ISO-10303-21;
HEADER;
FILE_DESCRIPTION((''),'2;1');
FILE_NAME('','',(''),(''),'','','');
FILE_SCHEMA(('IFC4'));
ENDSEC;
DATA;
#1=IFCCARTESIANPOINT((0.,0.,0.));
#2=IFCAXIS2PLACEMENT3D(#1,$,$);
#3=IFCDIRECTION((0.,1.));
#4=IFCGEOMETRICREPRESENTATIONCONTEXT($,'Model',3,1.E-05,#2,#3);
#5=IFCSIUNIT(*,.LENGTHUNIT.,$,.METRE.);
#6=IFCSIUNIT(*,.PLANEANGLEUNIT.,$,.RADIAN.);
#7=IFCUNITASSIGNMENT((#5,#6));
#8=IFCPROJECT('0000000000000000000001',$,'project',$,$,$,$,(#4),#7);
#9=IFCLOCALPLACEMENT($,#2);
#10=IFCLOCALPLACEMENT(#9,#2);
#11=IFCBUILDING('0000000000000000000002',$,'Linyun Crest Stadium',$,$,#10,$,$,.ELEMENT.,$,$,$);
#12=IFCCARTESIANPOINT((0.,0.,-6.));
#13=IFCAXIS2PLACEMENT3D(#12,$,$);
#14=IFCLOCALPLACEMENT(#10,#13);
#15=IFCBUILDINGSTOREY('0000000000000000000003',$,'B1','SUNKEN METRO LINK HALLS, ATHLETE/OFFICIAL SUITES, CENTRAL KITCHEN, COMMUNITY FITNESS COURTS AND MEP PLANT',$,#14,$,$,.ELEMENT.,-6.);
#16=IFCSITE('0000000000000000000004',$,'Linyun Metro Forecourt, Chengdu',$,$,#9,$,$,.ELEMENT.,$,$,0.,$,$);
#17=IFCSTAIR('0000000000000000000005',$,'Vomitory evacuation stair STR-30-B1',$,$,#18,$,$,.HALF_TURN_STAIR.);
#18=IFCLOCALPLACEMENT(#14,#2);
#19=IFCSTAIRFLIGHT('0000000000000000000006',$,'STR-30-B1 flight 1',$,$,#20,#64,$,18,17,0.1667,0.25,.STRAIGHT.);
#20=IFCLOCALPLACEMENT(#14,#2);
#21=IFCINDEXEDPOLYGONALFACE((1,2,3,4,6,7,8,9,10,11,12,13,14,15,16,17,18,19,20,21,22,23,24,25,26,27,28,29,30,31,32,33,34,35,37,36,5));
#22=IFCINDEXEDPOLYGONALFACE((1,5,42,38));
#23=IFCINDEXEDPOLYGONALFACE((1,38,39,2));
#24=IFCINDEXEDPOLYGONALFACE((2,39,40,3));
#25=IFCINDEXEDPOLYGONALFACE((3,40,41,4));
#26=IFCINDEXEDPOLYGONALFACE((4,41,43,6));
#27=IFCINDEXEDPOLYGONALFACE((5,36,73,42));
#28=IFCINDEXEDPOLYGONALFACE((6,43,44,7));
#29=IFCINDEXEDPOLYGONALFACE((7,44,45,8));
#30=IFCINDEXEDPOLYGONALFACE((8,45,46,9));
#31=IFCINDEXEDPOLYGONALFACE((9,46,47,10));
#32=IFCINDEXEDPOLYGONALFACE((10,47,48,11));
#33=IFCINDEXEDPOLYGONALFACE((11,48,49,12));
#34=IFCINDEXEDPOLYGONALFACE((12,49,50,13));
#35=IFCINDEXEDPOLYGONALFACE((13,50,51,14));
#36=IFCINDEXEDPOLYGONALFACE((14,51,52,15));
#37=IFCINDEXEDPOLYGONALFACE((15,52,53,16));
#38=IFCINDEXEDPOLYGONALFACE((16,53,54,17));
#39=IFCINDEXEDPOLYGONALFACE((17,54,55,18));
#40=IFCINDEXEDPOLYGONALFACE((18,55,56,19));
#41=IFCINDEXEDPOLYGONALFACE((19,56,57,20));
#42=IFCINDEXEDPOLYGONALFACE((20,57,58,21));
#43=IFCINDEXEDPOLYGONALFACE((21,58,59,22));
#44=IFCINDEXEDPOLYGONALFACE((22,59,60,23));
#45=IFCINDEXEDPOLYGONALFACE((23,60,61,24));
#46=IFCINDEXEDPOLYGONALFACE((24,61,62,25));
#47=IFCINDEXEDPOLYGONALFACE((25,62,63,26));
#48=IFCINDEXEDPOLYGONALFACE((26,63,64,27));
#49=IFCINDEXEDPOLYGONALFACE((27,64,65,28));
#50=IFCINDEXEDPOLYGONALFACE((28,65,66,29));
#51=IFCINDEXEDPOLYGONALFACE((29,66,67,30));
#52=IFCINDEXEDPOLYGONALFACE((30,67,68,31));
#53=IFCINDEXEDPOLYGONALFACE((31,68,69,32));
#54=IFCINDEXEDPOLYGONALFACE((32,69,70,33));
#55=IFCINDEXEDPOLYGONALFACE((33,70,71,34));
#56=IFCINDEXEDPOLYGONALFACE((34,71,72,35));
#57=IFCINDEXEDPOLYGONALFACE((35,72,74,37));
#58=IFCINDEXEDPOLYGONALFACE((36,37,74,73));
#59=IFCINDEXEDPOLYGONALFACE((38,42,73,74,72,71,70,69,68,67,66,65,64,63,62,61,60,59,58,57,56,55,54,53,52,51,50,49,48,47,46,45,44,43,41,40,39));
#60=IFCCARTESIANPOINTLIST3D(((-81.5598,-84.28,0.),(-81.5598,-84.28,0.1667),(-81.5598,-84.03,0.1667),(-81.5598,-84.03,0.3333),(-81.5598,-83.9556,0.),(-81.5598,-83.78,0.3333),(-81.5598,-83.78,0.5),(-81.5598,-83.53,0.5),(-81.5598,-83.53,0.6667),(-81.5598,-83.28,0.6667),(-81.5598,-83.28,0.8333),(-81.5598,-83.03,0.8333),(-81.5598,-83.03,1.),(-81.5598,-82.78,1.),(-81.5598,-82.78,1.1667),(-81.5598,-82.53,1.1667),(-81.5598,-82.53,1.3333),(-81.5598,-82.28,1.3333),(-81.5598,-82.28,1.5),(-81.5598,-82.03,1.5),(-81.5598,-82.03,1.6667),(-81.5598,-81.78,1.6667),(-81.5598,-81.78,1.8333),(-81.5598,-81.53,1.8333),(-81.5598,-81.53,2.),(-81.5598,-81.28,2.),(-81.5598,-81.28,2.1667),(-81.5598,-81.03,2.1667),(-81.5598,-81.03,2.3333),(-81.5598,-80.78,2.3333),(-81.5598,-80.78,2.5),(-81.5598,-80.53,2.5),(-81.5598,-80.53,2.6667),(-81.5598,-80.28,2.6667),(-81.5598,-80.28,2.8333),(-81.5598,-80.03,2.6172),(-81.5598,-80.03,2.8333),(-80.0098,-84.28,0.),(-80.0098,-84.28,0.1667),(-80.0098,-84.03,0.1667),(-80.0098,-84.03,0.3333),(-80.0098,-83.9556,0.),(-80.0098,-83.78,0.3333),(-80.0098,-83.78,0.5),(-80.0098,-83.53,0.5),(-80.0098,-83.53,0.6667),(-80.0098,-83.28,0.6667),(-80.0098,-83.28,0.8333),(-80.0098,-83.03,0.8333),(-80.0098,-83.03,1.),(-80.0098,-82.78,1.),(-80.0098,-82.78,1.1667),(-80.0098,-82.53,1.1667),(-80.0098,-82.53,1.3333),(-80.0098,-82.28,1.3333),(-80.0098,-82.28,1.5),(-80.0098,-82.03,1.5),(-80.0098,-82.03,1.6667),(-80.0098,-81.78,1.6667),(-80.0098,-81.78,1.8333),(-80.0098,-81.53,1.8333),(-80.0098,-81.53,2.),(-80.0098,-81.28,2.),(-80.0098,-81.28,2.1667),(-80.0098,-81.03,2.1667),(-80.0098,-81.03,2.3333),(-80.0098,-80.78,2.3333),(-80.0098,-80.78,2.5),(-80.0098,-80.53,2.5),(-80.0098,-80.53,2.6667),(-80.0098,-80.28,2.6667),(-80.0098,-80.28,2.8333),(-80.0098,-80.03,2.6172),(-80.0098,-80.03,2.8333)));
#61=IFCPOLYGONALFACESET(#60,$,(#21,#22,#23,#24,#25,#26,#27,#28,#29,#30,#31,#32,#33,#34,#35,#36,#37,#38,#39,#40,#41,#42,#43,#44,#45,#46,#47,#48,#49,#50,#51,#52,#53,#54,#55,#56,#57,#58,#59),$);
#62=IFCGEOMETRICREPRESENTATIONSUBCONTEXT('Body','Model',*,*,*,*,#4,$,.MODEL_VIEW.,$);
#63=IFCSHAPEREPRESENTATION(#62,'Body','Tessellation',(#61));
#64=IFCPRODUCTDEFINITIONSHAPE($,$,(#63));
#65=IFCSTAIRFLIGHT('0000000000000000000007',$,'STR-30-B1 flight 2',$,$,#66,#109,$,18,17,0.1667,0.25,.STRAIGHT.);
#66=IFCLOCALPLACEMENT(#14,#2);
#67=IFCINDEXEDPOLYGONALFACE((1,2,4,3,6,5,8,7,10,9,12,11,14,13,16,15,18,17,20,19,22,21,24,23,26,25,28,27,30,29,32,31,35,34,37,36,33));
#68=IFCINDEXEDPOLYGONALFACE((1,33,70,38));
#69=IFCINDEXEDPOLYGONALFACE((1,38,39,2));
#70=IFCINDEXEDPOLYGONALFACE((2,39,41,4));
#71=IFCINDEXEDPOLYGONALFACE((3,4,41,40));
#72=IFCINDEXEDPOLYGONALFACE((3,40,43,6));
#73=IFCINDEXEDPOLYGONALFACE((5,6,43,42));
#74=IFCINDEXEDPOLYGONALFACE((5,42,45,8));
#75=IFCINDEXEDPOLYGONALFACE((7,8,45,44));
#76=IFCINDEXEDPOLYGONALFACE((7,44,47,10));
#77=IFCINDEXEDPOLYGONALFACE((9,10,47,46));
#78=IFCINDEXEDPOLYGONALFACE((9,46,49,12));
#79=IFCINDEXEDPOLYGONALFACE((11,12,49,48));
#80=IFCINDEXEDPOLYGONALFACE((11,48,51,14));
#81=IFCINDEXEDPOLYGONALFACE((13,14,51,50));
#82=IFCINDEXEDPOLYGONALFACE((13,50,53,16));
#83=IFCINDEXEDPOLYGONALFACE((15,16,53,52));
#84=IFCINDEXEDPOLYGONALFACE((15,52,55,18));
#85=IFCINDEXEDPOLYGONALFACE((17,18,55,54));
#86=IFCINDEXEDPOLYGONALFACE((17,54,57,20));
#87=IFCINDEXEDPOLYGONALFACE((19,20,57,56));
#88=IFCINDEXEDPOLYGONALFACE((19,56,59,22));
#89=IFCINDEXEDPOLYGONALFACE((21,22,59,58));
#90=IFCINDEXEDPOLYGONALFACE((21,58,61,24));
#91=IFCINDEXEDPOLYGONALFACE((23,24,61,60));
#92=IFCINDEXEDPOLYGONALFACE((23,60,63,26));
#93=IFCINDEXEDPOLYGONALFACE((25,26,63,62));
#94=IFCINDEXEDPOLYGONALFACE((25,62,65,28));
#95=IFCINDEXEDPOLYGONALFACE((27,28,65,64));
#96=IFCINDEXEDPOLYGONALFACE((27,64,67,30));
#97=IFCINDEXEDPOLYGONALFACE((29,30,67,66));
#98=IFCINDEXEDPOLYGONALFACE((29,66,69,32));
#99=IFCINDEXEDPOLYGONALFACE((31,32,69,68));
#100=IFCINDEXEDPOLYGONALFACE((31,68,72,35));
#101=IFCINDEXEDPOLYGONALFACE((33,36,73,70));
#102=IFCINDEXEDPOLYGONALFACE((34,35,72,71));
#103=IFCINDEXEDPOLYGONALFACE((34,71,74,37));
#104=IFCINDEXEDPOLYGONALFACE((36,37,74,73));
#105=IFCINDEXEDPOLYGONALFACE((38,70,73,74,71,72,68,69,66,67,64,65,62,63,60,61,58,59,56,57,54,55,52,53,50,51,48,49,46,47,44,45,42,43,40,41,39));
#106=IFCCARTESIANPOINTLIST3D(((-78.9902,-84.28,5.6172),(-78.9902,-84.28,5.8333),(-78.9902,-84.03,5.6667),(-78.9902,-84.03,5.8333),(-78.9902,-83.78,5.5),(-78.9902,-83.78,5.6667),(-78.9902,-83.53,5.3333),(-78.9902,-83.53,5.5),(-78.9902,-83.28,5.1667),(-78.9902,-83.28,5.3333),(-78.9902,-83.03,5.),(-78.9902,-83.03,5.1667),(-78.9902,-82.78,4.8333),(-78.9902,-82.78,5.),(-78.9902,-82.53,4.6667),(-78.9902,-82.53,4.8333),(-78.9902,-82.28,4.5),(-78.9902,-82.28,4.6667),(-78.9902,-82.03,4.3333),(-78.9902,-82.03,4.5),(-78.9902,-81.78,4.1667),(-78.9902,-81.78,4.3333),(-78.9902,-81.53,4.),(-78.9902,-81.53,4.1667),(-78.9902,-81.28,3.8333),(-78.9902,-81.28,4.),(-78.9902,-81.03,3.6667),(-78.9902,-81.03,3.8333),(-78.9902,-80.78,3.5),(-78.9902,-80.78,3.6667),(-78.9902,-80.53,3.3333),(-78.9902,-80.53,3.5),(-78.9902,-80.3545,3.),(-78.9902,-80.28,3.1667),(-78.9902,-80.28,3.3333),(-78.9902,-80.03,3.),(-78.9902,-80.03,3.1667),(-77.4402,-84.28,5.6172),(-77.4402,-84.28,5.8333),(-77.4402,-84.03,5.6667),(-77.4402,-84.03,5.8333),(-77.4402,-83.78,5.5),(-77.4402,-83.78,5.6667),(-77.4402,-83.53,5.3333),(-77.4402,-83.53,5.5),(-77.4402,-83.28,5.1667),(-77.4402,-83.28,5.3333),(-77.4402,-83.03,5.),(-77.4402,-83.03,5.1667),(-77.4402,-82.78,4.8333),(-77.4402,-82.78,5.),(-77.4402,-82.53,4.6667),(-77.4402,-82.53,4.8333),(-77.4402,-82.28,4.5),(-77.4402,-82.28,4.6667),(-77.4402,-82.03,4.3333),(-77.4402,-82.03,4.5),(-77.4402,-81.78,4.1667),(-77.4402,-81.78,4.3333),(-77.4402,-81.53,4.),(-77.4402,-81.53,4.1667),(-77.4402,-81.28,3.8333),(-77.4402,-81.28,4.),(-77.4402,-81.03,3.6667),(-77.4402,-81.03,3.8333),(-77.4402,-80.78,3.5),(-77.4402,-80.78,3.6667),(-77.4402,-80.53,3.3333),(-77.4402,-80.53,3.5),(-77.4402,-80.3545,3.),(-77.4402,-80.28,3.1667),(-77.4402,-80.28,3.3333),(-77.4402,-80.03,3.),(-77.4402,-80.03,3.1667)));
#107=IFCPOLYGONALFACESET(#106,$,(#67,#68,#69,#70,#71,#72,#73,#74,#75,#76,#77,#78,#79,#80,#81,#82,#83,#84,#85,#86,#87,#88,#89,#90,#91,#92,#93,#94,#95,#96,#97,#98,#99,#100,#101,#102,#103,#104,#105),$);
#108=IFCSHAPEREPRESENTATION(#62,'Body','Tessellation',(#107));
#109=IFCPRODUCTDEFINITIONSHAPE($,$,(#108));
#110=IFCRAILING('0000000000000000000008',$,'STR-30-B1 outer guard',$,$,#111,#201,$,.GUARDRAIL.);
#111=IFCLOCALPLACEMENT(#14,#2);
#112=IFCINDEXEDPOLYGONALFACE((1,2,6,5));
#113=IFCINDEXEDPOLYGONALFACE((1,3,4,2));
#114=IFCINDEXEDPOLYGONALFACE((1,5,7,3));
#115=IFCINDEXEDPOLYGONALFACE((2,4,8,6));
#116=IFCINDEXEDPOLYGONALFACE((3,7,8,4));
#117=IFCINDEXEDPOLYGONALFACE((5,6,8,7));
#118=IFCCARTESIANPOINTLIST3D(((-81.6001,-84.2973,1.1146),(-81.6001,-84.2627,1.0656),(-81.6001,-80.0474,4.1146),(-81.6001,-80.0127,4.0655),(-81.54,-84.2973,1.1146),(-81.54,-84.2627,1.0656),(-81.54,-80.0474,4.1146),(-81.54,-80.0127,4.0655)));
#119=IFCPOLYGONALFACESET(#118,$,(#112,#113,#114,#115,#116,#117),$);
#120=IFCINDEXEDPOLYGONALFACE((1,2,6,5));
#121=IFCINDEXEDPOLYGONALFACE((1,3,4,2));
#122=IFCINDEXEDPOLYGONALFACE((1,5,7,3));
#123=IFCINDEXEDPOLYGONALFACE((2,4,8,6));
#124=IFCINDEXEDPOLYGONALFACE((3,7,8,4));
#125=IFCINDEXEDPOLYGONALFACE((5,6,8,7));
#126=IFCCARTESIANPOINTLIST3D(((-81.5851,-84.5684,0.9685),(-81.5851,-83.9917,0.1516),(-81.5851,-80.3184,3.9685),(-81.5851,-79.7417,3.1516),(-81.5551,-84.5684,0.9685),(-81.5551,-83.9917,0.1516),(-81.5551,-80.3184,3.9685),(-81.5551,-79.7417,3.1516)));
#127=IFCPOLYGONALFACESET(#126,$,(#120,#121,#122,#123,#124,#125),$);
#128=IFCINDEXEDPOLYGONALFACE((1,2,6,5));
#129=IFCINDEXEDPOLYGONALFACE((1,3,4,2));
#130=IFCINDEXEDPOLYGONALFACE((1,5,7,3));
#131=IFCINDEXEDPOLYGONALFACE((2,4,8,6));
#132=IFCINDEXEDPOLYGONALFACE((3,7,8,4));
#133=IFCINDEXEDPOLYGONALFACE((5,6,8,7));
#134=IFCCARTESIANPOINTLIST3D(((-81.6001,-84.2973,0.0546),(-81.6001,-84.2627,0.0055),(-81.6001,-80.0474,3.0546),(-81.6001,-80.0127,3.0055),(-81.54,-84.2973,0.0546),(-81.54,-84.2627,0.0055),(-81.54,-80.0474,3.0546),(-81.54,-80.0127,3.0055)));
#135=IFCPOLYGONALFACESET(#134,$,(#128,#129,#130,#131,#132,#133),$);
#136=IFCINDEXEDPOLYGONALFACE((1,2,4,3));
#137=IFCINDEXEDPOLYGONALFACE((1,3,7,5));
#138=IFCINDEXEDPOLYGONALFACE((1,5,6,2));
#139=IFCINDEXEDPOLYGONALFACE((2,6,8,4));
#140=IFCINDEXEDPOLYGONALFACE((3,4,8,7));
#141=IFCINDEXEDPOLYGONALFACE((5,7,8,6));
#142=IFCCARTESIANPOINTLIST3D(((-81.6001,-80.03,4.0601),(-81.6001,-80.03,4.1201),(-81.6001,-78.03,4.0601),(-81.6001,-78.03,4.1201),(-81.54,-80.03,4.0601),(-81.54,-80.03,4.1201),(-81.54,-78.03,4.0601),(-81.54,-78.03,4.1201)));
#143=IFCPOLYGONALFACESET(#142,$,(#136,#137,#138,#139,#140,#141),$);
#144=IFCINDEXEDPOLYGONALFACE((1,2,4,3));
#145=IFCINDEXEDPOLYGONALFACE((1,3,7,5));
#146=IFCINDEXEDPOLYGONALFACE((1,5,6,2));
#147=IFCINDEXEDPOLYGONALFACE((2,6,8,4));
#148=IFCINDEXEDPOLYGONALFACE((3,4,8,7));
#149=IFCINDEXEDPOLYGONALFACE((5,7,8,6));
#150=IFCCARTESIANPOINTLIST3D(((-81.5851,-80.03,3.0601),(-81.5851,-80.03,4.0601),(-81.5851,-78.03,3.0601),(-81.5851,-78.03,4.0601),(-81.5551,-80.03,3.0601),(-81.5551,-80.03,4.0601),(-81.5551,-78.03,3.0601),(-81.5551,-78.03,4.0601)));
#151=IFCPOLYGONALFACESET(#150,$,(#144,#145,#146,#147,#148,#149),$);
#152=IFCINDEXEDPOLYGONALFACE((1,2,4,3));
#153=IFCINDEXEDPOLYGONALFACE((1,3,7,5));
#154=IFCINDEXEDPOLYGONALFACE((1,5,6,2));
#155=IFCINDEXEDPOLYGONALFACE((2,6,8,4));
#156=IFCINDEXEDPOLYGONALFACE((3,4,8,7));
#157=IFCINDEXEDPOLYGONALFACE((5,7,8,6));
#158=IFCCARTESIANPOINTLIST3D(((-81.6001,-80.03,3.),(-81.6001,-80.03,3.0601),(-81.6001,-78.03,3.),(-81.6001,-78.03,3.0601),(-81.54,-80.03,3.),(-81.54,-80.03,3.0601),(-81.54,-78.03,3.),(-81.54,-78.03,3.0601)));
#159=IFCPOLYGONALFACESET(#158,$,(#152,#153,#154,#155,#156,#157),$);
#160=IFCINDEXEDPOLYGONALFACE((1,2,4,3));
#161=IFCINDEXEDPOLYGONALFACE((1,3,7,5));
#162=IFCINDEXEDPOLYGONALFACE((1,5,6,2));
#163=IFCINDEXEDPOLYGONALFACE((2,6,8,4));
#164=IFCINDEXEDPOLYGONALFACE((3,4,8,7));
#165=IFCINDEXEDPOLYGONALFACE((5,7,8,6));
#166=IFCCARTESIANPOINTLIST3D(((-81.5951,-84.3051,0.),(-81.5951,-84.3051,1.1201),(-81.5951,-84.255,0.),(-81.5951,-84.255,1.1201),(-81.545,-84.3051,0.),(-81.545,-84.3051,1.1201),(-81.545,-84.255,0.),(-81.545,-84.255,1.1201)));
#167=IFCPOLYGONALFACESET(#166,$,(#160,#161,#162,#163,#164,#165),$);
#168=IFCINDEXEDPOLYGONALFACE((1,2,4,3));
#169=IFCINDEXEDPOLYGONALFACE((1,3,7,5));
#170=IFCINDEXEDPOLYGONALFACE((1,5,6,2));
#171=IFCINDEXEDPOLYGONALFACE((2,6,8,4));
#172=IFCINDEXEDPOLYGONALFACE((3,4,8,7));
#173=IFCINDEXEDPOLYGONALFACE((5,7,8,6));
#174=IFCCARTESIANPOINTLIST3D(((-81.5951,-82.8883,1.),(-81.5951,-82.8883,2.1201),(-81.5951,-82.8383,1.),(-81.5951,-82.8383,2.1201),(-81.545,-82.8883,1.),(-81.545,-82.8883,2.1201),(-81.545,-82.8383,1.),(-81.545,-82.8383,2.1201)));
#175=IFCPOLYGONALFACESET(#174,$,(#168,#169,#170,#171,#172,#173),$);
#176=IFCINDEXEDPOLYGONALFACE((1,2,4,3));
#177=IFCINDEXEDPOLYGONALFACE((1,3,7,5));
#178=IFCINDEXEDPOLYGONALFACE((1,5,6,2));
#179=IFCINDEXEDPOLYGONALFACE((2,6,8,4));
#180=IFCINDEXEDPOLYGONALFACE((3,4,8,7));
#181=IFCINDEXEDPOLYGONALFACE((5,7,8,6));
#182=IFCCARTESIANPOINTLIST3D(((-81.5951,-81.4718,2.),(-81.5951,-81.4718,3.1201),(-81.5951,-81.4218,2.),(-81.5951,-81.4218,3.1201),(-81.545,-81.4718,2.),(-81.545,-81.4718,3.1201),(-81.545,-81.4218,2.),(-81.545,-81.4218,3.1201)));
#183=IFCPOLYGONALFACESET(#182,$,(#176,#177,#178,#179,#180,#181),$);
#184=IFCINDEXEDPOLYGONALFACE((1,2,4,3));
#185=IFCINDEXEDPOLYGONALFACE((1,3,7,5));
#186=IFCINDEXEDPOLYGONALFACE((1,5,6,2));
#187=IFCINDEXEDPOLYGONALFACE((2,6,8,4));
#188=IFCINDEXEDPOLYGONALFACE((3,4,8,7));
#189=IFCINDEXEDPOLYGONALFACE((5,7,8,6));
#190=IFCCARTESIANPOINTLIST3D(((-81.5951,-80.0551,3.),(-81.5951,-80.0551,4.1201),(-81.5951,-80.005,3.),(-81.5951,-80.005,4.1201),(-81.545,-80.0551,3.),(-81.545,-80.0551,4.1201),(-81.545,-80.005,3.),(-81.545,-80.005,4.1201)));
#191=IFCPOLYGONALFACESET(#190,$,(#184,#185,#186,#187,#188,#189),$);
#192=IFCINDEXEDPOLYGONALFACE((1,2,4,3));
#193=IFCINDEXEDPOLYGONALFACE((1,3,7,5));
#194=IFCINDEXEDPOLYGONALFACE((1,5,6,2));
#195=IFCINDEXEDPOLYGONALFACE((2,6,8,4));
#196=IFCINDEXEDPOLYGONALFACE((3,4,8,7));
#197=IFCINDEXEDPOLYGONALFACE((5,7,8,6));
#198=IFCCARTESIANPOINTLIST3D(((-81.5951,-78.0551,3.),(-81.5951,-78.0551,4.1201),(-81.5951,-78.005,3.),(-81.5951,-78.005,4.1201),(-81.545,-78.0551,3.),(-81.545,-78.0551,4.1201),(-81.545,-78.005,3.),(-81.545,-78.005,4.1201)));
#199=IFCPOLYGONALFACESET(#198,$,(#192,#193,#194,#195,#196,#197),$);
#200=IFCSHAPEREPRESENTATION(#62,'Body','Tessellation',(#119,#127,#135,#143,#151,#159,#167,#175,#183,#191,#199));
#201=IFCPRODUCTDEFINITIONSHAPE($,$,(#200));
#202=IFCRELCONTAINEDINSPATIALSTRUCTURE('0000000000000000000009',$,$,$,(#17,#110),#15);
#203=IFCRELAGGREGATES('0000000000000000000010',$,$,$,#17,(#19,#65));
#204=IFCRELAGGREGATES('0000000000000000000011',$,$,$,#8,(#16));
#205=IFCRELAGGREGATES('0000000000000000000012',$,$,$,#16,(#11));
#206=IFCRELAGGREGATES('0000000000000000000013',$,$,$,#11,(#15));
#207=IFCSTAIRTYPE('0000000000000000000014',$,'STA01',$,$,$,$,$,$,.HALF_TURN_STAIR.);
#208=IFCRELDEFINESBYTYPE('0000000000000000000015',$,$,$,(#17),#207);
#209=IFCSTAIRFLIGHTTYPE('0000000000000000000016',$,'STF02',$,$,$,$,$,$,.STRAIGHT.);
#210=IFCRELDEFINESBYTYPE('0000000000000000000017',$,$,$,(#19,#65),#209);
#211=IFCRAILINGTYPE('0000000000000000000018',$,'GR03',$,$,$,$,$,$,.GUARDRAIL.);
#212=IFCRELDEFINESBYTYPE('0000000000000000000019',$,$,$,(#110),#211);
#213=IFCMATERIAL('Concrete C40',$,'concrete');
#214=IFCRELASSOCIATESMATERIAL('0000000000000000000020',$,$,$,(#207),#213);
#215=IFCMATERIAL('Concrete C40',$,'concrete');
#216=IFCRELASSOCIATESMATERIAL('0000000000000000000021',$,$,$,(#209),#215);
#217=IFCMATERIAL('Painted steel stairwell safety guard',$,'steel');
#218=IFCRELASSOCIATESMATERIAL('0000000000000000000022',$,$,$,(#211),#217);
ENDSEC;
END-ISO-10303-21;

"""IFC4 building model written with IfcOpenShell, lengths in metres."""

from ifc_helpers import new_model, si_unit, direction, frame, origin, origin_2d, place, context, subcontext, project, spatial, polyline, rectangle, outline, extrude, material, type_object, element, aggregate, save


model = new_model("IFC4")

# Units and contexts
model_context = context("Model", 3, precision=1e-05, world=origin(), true_north=direction((0.0, 1.0)))
body_context = subcontext(model_context, "Body", "Model", "MODEL_VIEW")
ifc_project = project(units=[si_unit("LENGTHUNIT", "METRE"), si_unit("PLANEANGLEUNIT", "RADIAN")], contexts=[model_context])

# Site, building, storey
site_placement = place(None, origin())
site = spatial("IfcSite", under=ifc_project, at=site_placement, Name="Linyun Metro Forecourt, Chengdu", CompositionType="ELEMENT", RefElevation=0.0)
building_placement = place(site_placement, origin())
building = spatial("IfcBuilding", under=site, at=building_placement, Name="Linyun Crest Stadium", CompositionType="ELEMENT")
storey_placement = place(building_placement, frame((0.0, 0.0, -6.0)))
storey = spatial("IfcBuildingStorey", under=building, at=storey_placement, Name="B1", Description="SUNKEN METRO LINK HALLS, ATHLETE/OFFICIAL SUITES, CENTRAL KITCHEN, COMMUNITY FITNESS COURTS AND MEP PLANT", CompositionType="ELEMENT", Elevation=-6.0)

# Stair, stair flights
ifc_material_1 = material(Name="Concrete C40", Category="concrete")
stair_type = type_object("IfcStairType", Name="STA01", PredefinedType="HALF_TURN_STAIR", material=ifc_material_1)
stair_placement = place(storey_placement, origin())
stair = element("IfcStair", 1, at=stair_placement, inside=storey, type_object=stair_type, Name="Vomitory evacuation stair STR-30-B1", PredefinedType="HALF_TURN_STAIR")
ifc_material_2 = material(Name="Concrete C40", Category="concrete")
stair_flight_type = type_object("IfcStairFlightType", Name="STF02", PredefinedType="STRAIGHT", material=ifc_material_2)
stair_flight_1_placement = place(storey_placement, frame((-80.7849, -84.28, 0.0), z_axis=(0.0, 0.0, 1.0), x_axis=(0.0, 1.0, 0.0)))
stair_flight_1 = element("IfcStairFlight", 2, at=stair_flight_1_placement, type_object=stair_flight_type, Name="STR-30-B1 flight 1", NumberOfRisers=18, NumberOfTreads=17, PredefinedType="STRAIGHT", RiserHeight=0.1667, TreadLength=0.25, context=body_context, shape_type="SweptSolid", body=[
    extrude(outline(polyline([(0.0, 0.0), (0.0, 0.1667), (0.25, 0.1667), (0.25, 0.3333), (0.5, 0.3333), (0.5, 0.5), (0.75, 0.5), (0.75, 0.6667), (1.0, 0.6667), (1.0, 0.8333), (1.25, 0.8333), (1.25, 1.0), (1.5, 1.0), (1.5, 1.1667), (1.75, 1.1667), (1.75, 1.3333), (2.0, 1.3333), (2.0, 1.5), (2.25, 1.5), (2.25, 1.6667), (2.5, 1.6667), (2.5, 1.8333), (2.75, 1.8333), (2.75, 2.0), (3.0, 2.0), (3.0, 2.1667), (3.25, 2.1667), (3.25, 2.3333), (3.5, 2.3333), (3.5, 2.5), (3.75, 2.5), (3.75, 2.6667), (4.0, 2.6667), (4.0, 2.8333), (4.25, 2.8333), (4.25, 3.0), (4.25, 2.6172), (0.3245, 0.0), (0.0, 0.0)])), frame((0.0, 0.7749, 0.0), z_axis=(0.0, -1.0, 0.0), x_axis=(1.0, 0.0, 0.0)), (0.0, 0.0, 1.0), 1.55),
])
stair_flight_2_placement = place(storey_placement, frame((-78.2151, -80.03, 3.0), z_axis=(0.0, 0.0, 1.0), x_axis=(0.0, -1.0, 0.0)))
stair_flight_2 = element("IfcStairFlight", 3, at=stair_flight_2_placement, type_object=stair_flight_type, Name="STR-30-B1 flight 2", NumberOfRisers=18, NumberOfTreads=17, PredefinedType="STRAIGHT", RiserHeight=0.1667, TreadLength=0.25, context=body_context, shape_type="SweptSolid", body=[
    extrude(outline(polyline([(0.0, 0.0), (0.0, 0.1667), (0.25, 0.1667), (0.25, 0.3333), (0.5, 0.3333), (0.5, 0.5), (0.75, 0.5), (0.75, 0.6667), (1.0, 0.6667), (1.0, 0.8333), (1.25, 0.8333), (1.25, 1.0), (1.5, 1.0), (1.5, 1.1667), (1.75, 1.1667), (1.75, 1.3333), (2.0, 1.3333), (2.0, 1.5), (2.25, 1.5), (2.25, 1.6667), (2.5, 1.6667), (2.5, 1.8333), (2.75, 1.8333), (2.75, 2.0), (3.0, 2.0), (3.0, 2.1667), (3.25, 2.1667), (3.25, 2.3333), (3.5, 2.3333), (3.5, 2.5), (3.75, 2.5), (3.75, 2.6667), (4.0, 2.6667), (4.0, 2.8333), (4.25, 2.8333), (4.25, 3.0), (4.25, 2.6172), (0.3245, 0.0), (0.0, 0.0)])), frame((0.0, 0.7749, 0.0), z_axis=(0.0, -1.0, 0.0), x_axis=(1.0, 0.0, 0.0)), (0.0, 0.0, 1.0), 1.55),
])
aggregate(stair, [stair_flight_1, stair_flight_2])

# Railing
ifc_material_3 = material(Name="Painted steel stairwell safety guard", Category="steel")
railing_type_1 = type_object("IfcRailingType", Name="GR03", PredefinedType="GUARDRAIL", material=ifc_material_3)
railing_1_placement = place(storey_placement, frame((-81.5701, -84.28, 0.0)))
element("IfcRailing", 4, at=railing_1_placement, inside=storey, type_object=railing_type_1, Name="STR-30-B1 outer guard", PredefinedType="GUARDRAIL", context=body_context, shape_type="SweptSolid", body=[
    extrude(rectangle(XDim=0.0601, YDim=0.0601, at=origin_2d()), frame((0.0, 0.0, 1.0901), z_axis=(0.0, 0.816968, 0.576683), x_axis=(-1.0, 0.0, 0.0)), (0.0, 0.0, 1.0), 5.2021),
    extrude(rectangle(XDim=0.03, YDim=1.0, at=origin_2d()), frame((0.0, 0.0, 0.5601), z_axis=(0.0, 0.816968, 0.576683), x_axis=(-1.0, 0.0, 0.0)), (0.0, 0.0, 1.0), 5.2021),
    extrude(rectangle(XDim=0.0601, YDim=0.0601, at=origin_2d()), frame((0.0, 0.0, 0.03), z_axis=(0.0, 0.816968, 0.576683), x_axis=(-1.0, 0.0, 0.0)), (0.0, 0.0, 1.0), 5.2021),
    extrude(rectangle(XDim=0.0601, YDim=0.0601, at=origin_2d()), frame((0.0, 4.25, 4.0901), z_axis=(0.0, 1.0, 0.0), x_axis=(-1.0, 0.0, 0.0)), (0.0, 0.0, 1.0), 2.0),
    extrude(rectangle(XDim=0.03, YDim=1.0, at=origin_2d()), frame((0.0, 4.25, 3.5601), z_axis=(0.0, 1.0, 0.0), x_axis=(-1.0, 0.0, 0.0)), (0.0, 0.0, 1.0), 2.0),
    extrude(rectangle(XDim=0.0601, YDim=0.0601, at=origin_2d()), frame((0.0, 4.25, 3.03), z_axis=(0.0, 1.0, 0.0), x_axis=(-1.0, 0.0, 0.0)), (0.0, 0.0, 1.0), 2.0),
    extrude(rectangle(XDim=0.05, YDim=0.05, at=origin_2d()), origin(), (0.0, 0.0, 1.0), 1.1201),
    extrude(rectangle(XDim=0.05, YDim=0.05, at=origin_2d()), frame((0.0, 1.4167, 1.0)), (0.0, 0.0, 1.0), 1.1201),
    extrude(rectangle(XDim=0.05, YDim=0.05, at=origin_2d()), frame((0.0, 2.8333, 2.0)), (0.0, 0.0, 1.0), 1.1201),
    extrude(rectangle(XDim=0.05, YDim=0.05, at=origin_2d()), frame((0.0, 4.25, 3.0)), (0.0, 0.0, 1.0), 1.1201),
    extrude(rectangle(XDim=0.05, YDim=0.05, at=origin_2d()), frame((0.0, 6.25, 3.0)), (0.0, 0.0, 1.0), 1.1201),
])

save(model, "model.ifc")
